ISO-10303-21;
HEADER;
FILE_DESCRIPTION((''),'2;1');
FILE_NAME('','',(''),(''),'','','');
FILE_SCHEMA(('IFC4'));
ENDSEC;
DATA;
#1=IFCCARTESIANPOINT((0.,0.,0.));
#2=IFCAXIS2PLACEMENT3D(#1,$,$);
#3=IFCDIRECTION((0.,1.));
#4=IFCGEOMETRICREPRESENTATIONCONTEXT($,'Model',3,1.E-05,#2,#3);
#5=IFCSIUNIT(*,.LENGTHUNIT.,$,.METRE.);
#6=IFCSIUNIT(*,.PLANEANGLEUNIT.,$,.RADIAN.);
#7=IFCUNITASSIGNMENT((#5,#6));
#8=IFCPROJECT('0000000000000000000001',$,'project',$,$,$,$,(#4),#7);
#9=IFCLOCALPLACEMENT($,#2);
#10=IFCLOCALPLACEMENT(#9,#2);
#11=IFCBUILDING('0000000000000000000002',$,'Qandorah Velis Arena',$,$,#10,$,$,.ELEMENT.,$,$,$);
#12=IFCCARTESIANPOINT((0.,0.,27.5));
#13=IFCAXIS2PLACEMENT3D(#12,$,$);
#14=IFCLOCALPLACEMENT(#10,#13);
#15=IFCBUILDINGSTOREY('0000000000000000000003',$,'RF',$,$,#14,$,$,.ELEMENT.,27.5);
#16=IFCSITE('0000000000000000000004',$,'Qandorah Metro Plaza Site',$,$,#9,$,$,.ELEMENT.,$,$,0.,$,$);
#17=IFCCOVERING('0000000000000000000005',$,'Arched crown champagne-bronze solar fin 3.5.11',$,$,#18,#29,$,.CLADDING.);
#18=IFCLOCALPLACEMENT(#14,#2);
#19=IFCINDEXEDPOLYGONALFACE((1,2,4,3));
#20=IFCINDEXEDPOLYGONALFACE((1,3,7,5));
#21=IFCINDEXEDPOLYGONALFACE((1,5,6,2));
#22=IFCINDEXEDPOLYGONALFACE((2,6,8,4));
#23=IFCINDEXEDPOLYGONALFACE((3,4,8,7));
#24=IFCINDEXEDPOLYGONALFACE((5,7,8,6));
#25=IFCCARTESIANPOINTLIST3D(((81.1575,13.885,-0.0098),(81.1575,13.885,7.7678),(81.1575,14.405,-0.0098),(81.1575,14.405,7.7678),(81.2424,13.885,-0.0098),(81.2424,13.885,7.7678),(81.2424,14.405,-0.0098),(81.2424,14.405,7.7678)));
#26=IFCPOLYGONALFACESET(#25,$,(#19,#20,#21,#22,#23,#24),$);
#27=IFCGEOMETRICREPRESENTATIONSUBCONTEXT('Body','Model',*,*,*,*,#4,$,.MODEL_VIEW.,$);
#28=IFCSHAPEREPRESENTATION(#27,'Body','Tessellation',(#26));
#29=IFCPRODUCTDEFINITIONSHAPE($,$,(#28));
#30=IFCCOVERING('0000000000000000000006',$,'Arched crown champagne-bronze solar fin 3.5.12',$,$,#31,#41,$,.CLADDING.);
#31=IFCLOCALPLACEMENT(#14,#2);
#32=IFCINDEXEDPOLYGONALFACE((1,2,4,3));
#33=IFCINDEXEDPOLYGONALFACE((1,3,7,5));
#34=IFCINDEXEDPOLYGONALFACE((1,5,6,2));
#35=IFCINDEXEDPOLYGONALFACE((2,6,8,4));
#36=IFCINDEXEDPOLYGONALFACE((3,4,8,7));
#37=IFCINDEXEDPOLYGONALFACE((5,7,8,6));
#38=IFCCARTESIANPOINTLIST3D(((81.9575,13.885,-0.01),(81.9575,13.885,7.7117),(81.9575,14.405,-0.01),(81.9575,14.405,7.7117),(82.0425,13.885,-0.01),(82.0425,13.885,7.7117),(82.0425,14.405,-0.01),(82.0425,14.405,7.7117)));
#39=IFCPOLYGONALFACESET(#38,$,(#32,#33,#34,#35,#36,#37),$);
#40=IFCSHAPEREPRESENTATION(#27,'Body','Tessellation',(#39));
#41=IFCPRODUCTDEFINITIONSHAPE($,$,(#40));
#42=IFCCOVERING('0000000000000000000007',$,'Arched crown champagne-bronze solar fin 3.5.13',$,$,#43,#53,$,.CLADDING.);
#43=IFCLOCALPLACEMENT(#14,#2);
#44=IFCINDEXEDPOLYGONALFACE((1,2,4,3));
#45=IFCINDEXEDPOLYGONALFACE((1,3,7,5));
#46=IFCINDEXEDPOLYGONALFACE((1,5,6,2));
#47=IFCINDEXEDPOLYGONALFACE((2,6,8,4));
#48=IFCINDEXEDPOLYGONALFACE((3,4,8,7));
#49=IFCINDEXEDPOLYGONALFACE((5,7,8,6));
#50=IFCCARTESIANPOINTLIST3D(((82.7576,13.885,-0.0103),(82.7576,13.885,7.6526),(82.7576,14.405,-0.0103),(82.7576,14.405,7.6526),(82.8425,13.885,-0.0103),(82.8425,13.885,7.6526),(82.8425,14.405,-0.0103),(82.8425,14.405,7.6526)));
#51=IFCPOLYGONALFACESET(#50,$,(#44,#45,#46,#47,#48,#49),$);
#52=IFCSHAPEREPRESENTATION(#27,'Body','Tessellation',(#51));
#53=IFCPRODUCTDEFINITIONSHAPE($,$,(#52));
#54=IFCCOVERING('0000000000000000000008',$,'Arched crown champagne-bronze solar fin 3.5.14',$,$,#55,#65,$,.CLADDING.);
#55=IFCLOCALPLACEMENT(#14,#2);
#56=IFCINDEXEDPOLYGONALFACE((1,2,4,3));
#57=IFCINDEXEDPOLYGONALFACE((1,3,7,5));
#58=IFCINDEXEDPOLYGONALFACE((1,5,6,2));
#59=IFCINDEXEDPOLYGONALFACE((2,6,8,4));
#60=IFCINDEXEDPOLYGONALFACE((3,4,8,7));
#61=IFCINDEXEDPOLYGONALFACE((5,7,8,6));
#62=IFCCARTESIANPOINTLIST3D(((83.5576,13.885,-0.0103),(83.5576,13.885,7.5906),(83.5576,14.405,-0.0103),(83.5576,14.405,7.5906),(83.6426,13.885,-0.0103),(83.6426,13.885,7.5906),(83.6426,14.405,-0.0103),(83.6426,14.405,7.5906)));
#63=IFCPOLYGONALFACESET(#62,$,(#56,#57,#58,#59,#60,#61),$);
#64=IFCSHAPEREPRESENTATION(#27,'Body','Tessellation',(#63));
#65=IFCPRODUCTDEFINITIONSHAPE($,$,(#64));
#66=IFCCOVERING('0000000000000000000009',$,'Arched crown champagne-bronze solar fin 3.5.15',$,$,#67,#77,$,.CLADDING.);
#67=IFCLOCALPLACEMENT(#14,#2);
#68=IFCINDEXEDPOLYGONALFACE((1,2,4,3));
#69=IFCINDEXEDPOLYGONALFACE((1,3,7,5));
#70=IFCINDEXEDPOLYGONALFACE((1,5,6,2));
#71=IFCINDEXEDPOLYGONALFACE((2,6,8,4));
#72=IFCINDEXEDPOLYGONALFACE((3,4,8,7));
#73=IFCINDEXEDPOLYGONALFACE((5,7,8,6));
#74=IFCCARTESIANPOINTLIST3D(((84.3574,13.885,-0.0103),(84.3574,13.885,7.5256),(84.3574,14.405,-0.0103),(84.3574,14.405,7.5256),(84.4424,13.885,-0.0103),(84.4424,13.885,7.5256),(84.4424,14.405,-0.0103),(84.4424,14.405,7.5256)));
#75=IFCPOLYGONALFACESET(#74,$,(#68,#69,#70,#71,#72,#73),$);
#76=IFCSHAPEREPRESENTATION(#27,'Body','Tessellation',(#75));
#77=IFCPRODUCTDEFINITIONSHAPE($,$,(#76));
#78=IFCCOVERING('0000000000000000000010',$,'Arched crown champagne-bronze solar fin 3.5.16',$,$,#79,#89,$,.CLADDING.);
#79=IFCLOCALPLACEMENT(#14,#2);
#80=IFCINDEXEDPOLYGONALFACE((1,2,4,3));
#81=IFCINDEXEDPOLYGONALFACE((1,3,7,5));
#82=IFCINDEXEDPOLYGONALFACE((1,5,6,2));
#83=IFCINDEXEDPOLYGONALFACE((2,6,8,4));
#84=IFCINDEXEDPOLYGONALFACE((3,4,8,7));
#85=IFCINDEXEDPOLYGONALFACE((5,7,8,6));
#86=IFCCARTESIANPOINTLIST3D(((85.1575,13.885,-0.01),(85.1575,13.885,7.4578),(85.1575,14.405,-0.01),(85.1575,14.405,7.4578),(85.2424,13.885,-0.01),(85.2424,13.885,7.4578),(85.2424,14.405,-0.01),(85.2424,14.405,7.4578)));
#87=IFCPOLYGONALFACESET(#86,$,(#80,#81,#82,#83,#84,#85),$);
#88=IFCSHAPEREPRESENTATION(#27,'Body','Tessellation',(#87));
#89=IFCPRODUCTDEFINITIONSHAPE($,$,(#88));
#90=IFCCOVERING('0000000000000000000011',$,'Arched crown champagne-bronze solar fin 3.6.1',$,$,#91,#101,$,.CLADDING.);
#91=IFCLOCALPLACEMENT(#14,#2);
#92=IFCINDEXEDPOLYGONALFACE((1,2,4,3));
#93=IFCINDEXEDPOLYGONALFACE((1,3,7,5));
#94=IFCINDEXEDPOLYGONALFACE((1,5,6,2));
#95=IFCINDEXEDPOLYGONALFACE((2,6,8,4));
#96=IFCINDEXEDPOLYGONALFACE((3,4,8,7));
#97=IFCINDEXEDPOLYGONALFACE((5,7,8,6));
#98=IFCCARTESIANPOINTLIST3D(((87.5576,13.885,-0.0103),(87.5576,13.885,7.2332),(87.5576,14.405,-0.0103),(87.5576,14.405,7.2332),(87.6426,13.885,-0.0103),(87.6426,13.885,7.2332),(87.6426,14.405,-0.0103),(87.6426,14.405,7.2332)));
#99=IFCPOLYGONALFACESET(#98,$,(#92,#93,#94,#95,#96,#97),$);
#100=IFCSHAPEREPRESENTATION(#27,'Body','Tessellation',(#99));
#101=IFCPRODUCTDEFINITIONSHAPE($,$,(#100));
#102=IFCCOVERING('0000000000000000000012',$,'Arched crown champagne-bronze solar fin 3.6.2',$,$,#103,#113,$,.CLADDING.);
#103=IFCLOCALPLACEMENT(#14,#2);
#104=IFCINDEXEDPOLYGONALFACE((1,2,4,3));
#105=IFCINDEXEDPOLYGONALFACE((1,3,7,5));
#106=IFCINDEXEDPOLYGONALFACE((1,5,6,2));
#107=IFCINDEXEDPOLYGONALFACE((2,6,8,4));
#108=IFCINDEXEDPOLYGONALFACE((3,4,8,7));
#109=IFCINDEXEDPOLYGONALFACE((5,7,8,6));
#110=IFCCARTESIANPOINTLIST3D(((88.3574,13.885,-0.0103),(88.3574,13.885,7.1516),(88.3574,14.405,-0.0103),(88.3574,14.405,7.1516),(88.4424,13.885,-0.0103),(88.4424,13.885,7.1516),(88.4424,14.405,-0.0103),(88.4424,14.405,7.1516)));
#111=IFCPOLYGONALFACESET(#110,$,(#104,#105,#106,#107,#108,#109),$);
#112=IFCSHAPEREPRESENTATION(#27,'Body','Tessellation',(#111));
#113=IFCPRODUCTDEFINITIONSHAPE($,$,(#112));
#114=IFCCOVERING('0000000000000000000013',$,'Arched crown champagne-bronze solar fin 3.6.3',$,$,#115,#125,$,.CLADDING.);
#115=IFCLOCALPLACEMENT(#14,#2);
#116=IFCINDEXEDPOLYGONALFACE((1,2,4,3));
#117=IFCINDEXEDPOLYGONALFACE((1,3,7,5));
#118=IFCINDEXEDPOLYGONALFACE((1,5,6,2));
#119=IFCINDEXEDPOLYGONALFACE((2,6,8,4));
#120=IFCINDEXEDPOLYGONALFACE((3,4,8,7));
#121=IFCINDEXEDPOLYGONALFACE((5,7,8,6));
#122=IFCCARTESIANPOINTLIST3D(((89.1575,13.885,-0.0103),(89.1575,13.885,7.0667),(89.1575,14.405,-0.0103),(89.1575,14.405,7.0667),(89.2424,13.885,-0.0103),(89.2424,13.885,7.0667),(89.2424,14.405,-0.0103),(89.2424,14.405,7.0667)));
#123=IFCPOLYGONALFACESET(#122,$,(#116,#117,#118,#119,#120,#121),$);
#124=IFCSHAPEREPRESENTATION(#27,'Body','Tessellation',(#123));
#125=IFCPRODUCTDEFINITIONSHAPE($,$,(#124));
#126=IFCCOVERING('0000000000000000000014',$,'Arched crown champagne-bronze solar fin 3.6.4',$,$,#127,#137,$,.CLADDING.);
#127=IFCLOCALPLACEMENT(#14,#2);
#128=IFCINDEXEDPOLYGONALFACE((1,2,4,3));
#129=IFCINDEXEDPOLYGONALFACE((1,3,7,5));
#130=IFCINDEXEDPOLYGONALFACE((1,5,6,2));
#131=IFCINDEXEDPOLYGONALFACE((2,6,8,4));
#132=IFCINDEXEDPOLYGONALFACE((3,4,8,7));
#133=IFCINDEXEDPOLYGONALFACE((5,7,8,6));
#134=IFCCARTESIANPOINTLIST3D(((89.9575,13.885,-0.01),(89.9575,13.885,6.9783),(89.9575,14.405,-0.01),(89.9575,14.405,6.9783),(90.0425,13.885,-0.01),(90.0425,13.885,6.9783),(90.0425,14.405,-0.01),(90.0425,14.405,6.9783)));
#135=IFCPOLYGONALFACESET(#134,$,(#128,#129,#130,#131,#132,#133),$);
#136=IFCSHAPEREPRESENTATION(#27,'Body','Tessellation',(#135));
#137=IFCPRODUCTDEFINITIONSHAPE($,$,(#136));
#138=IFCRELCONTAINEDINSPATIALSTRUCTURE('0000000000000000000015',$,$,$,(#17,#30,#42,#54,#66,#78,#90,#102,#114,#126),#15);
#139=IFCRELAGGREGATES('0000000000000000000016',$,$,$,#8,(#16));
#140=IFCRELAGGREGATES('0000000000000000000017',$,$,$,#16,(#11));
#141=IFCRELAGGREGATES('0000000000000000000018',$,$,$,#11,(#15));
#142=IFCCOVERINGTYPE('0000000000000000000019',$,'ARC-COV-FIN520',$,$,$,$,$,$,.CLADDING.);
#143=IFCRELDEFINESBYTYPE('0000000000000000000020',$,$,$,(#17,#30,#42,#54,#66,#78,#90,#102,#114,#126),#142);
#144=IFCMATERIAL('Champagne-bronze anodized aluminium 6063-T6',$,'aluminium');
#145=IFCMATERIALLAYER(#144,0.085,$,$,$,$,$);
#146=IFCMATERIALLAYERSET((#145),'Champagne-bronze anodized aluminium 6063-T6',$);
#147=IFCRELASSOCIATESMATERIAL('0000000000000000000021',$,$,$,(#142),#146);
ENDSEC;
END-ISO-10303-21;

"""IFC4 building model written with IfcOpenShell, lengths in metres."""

from ifc_helpers import new_model, si_unit, direction, frame, origin, origin_2d, place, context, subcontext, project, spatial, rectangle, extrude, material, layer, layer_set, type_object, element, save


model = new_model("IFC4")

# Units and contexts
model_context = context("Model", 3, precision=1e-05, world=origin(), true_north=direction((0.0, 1.0)))
body_context = subcontext(model_context, "Body", "Model", "MODEL_VIEW")
ifc_project = project(units=[si_unit("LENGTHUNIT", "METRE"), si_unit("PLANEANGLEUNIT", "RADIAN")], contexts=[model_context])

# Site, building, storey
site_placement = place(None, origin())
site = spatial("IfcSite", under=ifc_project, at=site_placement, Name="Qandorah Metro Plaza Site", CompositionType="ELEMENT", RefElevation=0.0)
building_placement = place(site_placement, origin())
building = spatial("IfcBuilding", under=site, at=building_placement, Name="Qandorah Velis Arena", CompositionType="ELEMENT")
storey_placement = place(building_placement, frame((0.0, 0.0, 27.5)))
storey = spatial("IfcBuildingStorey", under=building, at=storey_placement, Name="RF", CompositionType="ELEMENT", Elevation=27.5)

# Shared definitions
ifc_material_1 = material(Name="Champagne-bronze anodized aluminium 6063-T6", Category="aluminium")

# Coverings
ifc_layer_1 = layer(ifc_material_1, 0.085)
ifc_layer_set_1 = layer_set([ifc_layer_1], Name="Champagne-bronze anodized aluminium 6063-T6")
covering_type = type_object("IfcCoveringType", Name="ARC-COV-FIN520", PredefinedType="CLADDING", material=ifc_layer_set_1)
covering_1_placement = place(storey_placement, frame((81.2, 14.145, -0.0098), z_axis=(0.0, 0.0, 1.0), x_axis=(1.0, 0.0, 0.0)))
element("IfcCovering", 1, at=covering_1_placement, inside=storey, type_object=covering_type, Name="Arched crown champagne-bronze solar fin 3.5.11", PredefinedType="CLADDING", context=body_context, shape_type="SweptSolid", body=[
    extrude(rectangle(XDim=0.085, YDim=0.52, at=origin_2d()), origin(), (0.0, 0.0, 1.0), 7.7776),
])
covering_2_placement = place(storey_placement, frame((82.0, 14.145, -0.01), z_axis=(0.0, 0.0, 1.0), x_axis=(1.0, 0.0, 0.0)))
element("IfcCovering", 2, at=covering_2_placement, inside=storey, type_object=covering_type, Name="Arched crown champagne-bronze solar fin 3.5.12", PredefinedType="CLADDING", context=body_context, shape_type="SweptSolid", body=[
    extrude(rectangle(XDim=0.085, YDim=0.52, at=origin_2d()), origin(), (0.0, 0.0, 1.0), 7.7217),
])
covering_3_placement = place(storey_placement, frame((82.8, 14.145, -0.0103), z_axis=(0.0, 0.0, 1.0), x_axis=(1.0, 0.0, 0.0)))
element("IfcCovering", 3, at=covering_3_placement, inside=storey, type_object=covering_type, Name="Arched crown champagne-bronze solar fin 3.5.13", PredefinedType="CLADDING", context=body_context, shape_type="SweptSolid", body=[
    extrude(rectangle(XDim=0.085, YDim=0.52, at=origin_2d()), origin(), (0.0, 0.0, 1.0), 7.6628),
])
covering_4_placement = place(storey_placement, frame((83.6001, 14.145, -0.0103), z_axis=(0.0, 0.0, 1.0), x_axis=(1.0, 0.0, 0.0)))
element("IfcCovering", 4, at=covering_4_placement, inside=storey, type_object=covering_type, Name="Arched crown champagne-bronze solar fin 3.5.14", PredefinedType="CLADDING", context=body_context, shape_type="SweptSolid", body=[
    extrude(rectangle(XDim=0.085, YDim=0.52, at=origin_2d()), origin(), (0.0, 0.0, 1.0), 7.6008),
])
covering_5_placement = place(storey_placement, frame((84.3999, 14.145, -0.0103), z_axis=(0.0, 0.0, 1.0), x_axis=(1.0, 0.0, 0.0)))
element("IfcCovering", 5, at=covering_5_placement, inside=storey, type_object=covering_type, Name="Arched crown champagne-bronze solar fin 3.5.15", PredefinedType="CLADDING", context=body_context, shape_type="SweptSolid", body=[
    extrude(rectangle(XDim=0.085, YDim=0.52, at=origin_2d()), origin(), (0.0, 0.0, 1.0), 7.5359),
])
covering_6_placement = place(storey_placement, frame((85.2, 14.145, -0.01), z_axis=(0.0, 0.0, 1.0), x_axis=(1.0, 0.0, 0.0)))
element("IfcCovering", 6, at=covering_6_placement, inside=storey, type_object=covering_type, Name="Arched crown champagne-bronze solar fin 3.5.16", PredefinedType="CLADDING", context=body_context, shape_type="SweptSolid", body=[
    extrude(rectangle(XDim=0.085, YDim=0.52, at=origin_2d()), origin(), (0.0, 0.0, 1.0), 7.4678),
])
covering_7_placement = place(storey_placement, frame((87.6001, 14.145, -0.0103), z_axis=(0.0, 0.0, 1.0), x_axis=(1.0, 0.0, 0.0)))
element("IfcCovering", 7, at=covering_7_placement, inside=storey, type_object=covering_type, Name="Arched crown champagne-bronze solar fin 3.6.1", PredefinedType="CLADDING", context=body_context, shape_type="SweptSolid", body=[
    extrude(rectangle(XDim=0.085, YDim=0.52, at=origin_2d()), origin(), (0.0, 0.0, 1.0), 7.2434),
])
covering_8_placement = place(storey_placement, frame((88.3999, 14.145, -0.0103), z_axis=(0.0, 0.0, 1.0), x_axis=(1.0, 0.0, 0.0)))
element("IfcCovering", 8, at=covering_8_placement, inside=storey, type_object=covering_type, Name="Arched crown champagne-bronze solar fin 3.6.2", PredefinedType="CLADDING", context=body_context, shape_type="SweptSolid", body=[
    extrude(rectangle(XDim=0.085, YDim=0.52, at=origin_2d()), origin(), (0.0, 0.0, 1.0), 7.1619),
])
covering_9_placement = place(storey_placement, frame((89.2, 14.145, -0.0103), z_axis=(0.0, 0.0, 1.0), x_axis=(1.0, 0.0, 0.0)))
element("IfcCovering", 9, at=covering_9_placement, inside=storey, type_object=covering_type, Name="Arched crown champagne-bronze solar fin 3.6.3", PredefinedType="CLADDING", context=body_context, shape_type="SweptSolid", body=[
    extrude(rectangle(XDim=0.085, YDim=0.52, at=origin_2d()), origin(), (0.0, 0.0, 1.0), 7.0769),
])
covering_10_placement = place(storey_placement, frame((90.0, 14.145, -0.01), z_axis=(0.0, 0.0, 1.0), x_axis=(1.0, 0.0, 0.0)))
element("IfcCovering", 10, at=covering_10_placement, inside=storey, type_object=covering_type, Name="Arched crown champagne-bronze solar fin 3.6.4", PredefinedType="CLADDING", context=body_context, shape_type="SweptSolid", body=[
    extrude(rectangle(XDim=0.085, YDim=0.52, at=origin_2d()), origin(), (0.0, 0.0, 1.0), 6.9883),
])

save(model, "model.ifc")
